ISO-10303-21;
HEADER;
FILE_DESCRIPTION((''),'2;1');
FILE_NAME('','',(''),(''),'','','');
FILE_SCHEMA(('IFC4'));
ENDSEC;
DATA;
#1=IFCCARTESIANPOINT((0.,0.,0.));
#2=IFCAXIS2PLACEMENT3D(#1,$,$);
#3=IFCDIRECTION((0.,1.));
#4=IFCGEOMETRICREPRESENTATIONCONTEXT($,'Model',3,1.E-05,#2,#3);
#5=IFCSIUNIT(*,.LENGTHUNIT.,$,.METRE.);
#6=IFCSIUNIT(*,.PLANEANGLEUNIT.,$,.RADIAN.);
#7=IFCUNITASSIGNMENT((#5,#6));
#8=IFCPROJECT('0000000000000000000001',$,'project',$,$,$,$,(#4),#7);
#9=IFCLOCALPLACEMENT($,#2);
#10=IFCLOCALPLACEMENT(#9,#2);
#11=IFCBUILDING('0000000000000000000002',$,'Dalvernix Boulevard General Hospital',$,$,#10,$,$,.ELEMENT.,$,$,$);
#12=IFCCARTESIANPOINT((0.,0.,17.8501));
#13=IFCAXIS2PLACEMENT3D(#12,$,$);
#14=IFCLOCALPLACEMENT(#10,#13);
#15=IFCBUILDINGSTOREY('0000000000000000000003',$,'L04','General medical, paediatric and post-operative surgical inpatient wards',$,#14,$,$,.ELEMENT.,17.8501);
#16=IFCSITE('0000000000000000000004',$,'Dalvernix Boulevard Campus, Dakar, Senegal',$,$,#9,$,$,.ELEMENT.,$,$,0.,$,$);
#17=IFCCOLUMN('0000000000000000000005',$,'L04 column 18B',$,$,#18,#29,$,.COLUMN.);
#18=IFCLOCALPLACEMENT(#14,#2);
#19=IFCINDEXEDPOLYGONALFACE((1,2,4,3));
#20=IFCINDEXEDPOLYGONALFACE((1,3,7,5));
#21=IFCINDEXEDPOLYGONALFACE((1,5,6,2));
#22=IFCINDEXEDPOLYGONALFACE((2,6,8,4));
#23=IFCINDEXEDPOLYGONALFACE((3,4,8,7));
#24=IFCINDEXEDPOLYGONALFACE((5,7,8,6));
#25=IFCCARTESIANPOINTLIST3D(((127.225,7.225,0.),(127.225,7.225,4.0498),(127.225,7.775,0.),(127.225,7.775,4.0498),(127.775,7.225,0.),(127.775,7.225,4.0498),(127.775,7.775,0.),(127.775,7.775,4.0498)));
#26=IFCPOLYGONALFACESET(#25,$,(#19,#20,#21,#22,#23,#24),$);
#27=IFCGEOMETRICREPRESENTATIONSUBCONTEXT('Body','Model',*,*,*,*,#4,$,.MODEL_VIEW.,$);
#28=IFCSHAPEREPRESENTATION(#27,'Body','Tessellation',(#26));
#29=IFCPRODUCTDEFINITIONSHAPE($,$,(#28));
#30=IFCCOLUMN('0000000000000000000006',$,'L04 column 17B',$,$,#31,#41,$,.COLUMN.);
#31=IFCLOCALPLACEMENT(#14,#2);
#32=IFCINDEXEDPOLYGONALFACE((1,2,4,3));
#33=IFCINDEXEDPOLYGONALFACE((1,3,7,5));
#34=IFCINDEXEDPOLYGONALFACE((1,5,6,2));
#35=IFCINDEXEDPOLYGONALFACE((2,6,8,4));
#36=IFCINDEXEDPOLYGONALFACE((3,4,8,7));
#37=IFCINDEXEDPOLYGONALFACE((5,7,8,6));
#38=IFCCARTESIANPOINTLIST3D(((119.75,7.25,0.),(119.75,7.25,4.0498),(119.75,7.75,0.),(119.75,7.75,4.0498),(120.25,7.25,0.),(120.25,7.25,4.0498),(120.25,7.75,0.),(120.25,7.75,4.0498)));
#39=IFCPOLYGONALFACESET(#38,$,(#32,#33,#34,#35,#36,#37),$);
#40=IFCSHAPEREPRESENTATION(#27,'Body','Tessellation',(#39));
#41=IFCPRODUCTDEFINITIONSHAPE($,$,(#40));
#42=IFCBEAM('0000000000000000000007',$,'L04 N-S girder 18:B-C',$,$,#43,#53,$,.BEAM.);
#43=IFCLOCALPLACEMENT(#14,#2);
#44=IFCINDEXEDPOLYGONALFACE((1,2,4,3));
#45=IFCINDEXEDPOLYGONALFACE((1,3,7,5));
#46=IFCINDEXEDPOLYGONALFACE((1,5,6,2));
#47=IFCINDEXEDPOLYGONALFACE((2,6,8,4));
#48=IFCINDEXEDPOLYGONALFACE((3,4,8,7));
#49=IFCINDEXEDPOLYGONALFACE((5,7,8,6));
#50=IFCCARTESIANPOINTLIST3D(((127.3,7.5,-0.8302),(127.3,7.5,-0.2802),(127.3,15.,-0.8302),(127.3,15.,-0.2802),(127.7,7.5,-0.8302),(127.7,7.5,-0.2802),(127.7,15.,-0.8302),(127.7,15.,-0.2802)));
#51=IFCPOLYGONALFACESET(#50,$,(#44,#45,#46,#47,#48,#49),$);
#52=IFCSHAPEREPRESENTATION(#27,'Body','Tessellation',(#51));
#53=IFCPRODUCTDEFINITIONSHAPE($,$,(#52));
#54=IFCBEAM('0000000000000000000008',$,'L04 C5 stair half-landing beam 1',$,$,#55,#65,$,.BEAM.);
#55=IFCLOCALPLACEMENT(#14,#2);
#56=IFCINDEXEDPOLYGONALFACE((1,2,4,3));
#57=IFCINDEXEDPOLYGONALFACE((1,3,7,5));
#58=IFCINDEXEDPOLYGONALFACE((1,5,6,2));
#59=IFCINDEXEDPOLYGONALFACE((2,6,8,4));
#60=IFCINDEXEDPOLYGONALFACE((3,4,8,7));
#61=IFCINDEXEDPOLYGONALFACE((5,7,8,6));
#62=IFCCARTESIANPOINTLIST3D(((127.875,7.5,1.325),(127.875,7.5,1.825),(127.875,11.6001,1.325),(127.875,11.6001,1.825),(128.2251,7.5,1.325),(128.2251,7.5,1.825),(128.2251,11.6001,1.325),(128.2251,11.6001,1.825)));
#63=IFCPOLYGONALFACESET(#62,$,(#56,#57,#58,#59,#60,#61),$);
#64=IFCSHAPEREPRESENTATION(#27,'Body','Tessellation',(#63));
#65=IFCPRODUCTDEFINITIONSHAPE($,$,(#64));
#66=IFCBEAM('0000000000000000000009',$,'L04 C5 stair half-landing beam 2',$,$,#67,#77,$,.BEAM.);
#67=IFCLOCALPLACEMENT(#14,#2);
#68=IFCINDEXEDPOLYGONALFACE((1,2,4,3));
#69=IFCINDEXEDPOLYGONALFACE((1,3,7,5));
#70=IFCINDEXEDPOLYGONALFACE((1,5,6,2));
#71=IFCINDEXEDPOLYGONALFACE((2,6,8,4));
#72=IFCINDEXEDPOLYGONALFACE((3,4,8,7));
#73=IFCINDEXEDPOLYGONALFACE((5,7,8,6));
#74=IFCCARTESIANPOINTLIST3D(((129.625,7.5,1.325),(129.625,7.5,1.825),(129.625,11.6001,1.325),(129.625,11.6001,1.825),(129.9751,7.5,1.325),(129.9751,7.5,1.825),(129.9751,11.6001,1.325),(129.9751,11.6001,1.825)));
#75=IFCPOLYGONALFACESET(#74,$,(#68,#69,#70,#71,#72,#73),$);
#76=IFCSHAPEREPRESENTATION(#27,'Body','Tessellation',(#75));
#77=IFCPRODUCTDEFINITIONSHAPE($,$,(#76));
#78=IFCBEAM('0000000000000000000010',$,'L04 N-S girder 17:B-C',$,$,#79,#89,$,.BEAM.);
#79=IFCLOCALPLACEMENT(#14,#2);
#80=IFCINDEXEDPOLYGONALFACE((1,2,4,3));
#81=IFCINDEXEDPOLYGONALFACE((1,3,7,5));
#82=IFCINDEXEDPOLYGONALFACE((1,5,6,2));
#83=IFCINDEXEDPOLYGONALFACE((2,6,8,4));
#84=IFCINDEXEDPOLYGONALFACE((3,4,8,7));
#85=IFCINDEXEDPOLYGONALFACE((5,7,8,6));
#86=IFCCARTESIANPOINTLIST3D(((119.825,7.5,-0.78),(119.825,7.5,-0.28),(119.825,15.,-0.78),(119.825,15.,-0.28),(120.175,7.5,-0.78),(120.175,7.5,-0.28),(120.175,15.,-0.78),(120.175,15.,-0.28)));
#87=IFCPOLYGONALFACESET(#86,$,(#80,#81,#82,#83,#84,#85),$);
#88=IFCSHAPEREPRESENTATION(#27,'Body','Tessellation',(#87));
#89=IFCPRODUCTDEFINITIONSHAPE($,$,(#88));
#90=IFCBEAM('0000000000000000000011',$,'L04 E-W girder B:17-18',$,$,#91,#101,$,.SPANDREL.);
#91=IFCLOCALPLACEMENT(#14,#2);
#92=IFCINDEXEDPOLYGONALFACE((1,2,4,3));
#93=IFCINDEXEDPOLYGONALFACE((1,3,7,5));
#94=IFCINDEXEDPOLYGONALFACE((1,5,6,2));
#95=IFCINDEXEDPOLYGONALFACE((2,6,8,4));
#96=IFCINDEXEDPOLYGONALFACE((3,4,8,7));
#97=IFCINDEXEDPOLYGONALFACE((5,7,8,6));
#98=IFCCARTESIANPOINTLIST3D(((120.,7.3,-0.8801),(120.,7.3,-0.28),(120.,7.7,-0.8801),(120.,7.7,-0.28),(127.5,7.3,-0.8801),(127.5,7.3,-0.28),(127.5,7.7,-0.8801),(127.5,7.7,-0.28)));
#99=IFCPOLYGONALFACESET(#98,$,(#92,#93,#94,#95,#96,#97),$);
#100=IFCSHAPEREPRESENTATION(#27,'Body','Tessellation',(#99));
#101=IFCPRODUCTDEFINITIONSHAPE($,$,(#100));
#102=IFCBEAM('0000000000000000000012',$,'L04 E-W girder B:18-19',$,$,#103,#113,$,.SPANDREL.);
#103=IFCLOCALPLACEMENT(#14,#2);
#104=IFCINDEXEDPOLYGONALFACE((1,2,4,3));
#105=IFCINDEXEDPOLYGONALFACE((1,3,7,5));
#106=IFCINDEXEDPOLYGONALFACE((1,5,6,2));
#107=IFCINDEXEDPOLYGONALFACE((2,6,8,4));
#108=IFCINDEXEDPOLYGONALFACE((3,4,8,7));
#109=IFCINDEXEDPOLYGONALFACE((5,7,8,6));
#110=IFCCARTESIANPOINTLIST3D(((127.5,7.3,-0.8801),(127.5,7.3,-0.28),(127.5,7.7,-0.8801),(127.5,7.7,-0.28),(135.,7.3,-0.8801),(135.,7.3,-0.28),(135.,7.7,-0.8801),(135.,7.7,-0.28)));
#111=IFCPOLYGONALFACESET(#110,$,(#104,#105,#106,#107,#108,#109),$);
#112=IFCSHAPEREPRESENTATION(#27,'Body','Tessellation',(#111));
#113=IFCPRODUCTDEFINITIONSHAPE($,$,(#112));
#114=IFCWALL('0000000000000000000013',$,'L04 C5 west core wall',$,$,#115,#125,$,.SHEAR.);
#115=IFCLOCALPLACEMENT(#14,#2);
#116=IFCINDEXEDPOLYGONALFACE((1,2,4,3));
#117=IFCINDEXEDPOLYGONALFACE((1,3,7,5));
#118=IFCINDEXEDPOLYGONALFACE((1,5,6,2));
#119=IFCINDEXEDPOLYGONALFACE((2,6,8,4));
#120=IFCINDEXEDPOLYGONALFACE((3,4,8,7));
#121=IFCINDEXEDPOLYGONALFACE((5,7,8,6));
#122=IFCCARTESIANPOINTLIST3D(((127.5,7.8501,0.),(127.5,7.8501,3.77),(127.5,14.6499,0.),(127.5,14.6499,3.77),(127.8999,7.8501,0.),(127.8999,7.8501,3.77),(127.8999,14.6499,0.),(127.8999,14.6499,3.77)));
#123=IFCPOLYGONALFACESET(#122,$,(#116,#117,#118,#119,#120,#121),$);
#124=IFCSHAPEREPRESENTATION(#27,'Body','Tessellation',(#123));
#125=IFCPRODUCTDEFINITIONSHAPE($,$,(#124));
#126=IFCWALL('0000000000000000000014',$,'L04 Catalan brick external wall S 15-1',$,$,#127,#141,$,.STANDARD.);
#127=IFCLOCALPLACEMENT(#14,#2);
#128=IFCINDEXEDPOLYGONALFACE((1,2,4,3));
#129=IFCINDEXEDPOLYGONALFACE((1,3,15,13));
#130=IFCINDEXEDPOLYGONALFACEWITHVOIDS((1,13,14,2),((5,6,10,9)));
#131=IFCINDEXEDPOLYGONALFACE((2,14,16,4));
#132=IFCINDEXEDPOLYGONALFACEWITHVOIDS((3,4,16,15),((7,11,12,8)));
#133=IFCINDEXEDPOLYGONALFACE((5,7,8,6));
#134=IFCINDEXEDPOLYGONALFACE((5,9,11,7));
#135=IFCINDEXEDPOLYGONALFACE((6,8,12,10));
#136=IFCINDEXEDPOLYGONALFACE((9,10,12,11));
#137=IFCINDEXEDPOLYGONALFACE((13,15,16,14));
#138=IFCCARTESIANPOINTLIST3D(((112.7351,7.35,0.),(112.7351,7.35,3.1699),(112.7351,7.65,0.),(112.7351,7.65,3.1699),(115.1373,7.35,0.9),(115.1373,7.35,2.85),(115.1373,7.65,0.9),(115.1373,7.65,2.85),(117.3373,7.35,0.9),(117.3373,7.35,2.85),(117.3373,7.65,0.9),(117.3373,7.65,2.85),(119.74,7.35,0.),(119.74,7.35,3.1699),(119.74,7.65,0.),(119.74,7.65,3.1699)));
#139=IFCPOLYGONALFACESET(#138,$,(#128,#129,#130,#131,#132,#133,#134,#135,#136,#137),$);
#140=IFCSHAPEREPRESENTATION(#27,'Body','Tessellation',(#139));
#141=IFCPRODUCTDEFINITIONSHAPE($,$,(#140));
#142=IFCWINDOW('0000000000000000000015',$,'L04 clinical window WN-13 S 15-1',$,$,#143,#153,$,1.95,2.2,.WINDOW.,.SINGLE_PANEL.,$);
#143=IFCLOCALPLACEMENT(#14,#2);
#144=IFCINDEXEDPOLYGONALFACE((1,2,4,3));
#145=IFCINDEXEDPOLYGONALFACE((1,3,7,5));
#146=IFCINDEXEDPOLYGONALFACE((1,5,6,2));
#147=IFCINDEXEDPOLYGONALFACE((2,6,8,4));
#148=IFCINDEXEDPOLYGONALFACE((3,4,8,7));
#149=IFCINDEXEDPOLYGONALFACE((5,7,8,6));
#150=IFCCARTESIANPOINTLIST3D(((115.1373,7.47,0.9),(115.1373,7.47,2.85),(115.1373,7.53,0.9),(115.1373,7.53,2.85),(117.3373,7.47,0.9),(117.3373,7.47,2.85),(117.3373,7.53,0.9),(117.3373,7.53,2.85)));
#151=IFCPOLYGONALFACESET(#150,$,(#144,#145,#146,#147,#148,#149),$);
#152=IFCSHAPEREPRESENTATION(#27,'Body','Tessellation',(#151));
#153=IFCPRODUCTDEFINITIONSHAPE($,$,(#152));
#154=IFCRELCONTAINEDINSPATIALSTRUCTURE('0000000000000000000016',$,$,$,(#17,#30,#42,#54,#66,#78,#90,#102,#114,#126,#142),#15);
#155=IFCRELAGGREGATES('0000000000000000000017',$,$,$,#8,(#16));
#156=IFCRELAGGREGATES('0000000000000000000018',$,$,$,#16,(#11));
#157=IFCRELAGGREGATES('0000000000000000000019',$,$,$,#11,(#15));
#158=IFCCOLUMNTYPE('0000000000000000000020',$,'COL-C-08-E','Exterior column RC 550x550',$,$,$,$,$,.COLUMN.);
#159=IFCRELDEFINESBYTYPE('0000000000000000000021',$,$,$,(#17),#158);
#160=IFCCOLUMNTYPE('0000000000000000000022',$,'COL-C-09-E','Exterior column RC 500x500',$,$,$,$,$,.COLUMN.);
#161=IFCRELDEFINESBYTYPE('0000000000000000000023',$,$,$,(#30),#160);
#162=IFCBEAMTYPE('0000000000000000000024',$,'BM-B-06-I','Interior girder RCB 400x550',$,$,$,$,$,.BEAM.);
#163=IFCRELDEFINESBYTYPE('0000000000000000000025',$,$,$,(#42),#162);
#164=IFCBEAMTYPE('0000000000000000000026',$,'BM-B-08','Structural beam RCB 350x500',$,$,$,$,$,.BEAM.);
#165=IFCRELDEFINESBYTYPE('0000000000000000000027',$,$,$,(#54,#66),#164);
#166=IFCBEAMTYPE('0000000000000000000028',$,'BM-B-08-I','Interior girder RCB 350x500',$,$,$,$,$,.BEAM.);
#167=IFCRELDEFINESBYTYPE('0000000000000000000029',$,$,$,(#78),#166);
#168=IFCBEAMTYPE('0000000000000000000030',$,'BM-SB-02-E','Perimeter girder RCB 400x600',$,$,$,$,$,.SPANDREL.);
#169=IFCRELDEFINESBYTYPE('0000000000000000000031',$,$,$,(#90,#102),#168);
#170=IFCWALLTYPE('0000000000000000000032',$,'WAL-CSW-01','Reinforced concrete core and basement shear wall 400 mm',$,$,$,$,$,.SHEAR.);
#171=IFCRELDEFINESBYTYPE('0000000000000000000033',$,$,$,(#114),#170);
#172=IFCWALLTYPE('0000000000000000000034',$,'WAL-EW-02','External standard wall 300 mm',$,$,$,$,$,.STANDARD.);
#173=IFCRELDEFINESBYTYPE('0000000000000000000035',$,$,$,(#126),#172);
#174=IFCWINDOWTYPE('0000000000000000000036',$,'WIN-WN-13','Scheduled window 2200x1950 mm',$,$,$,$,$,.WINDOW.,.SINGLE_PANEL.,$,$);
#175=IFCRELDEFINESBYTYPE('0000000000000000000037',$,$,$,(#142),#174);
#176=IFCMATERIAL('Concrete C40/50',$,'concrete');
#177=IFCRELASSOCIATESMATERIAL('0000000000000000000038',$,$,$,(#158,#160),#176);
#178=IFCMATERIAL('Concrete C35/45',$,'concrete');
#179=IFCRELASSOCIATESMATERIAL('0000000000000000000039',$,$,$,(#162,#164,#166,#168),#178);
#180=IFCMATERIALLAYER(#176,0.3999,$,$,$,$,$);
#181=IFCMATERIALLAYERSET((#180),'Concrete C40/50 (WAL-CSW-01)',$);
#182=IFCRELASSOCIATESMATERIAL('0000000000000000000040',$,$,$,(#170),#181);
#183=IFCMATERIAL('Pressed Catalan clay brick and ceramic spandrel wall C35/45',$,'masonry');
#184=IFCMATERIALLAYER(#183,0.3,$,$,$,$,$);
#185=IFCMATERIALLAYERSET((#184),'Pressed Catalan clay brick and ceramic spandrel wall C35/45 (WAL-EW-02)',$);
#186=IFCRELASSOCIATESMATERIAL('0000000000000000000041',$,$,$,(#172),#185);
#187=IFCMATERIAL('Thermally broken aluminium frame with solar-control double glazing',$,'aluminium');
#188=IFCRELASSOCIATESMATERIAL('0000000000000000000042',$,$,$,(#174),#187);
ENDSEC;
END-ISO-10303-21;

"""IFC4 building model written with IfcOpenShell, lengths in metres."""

from ifc_helpers import new_model, si_unit, direction, frame, frame_2d, origin, origin_2d, place, context, subcontext, project, spatial, rectangle, extrude, material, layer, layer_set, material_profile, profile_set, type_object, element, fill, save


model = new_model("IFC4")

# Units and contexts
model_context = context("Model", 3, precision=1e-05, world=origin(), true_north=direction((0.0, 1.0)))
body_context = subcontext(model_context, "Body", "Model", "MODEL_VIEW")
ifc_project = project(units=[si_unit("LENGTHUNIT", "METRE"), si_unit("PLANEANGLEUNIT", "RADIAN")], contexts=[model_context])

# Site, building, storey
site_placement = place(None, origin())
site = spatial("IfcSite", under=ifc_project, at=site_placement, Name="Dalvernix Boulevard Campus, Dakar, Senegal", CompositionType="ELEMENT", RefElevation=0.0)
building_placement = place(site_placement, origin())
building = spatial("IfcBuilding", under=site, at=building_placement, Name="Dalvernix Boulevard General Hospital", CompositionType="ELEMENT")
storey_placement = place(building_placement, frame((0.0, 0.0, 17.8501)))
storey = spatial("IfcBuildingStorey", under=building, at=storey_placement, Name="L04", Description="General medical, paediatric and post-operative surgical inpatient wards", CompositionType="ELEMENT", Elevation=17.8501)

# Columns
ifc_material_1 = material(Name="Concrete C40/50", Category="concrete")
ifc_material_profile_1 = material_profile(ifc_material_1, rectangle(XDim=0.55, YDim=0.55, at=origin_2d()), Name="RC 550x550")
ifc_profile_set_1 = profile_set([ifc_material_profile_1], Name="Concrete C40/50")
column_type_1 = type_object("IfcColumnType", Name="COL-C-08-E", Description="Exterior column RC 550x550", PredefinedType="COLUMN", material=ifc_profile_set_1)
column_1_placement = place(storey_placement, frame((127.5, 7.5, 0.0), z_axis=(0.0, 0.0, 1.0), x_axis=(1.0, 0.0, 0.0)))
element("IfcColumn", 1, at=column_1_placement, inside=storey, type_object=column_type_1, Name="L04 column 18B", PredefinedType="COLUMN", context=body_context, shape_type="SweptSolid", body=[
    extrude(rectangle(XDim=0.55, YDim=0.55, at=origin_2d()), origin(), (0.0, 0.0, 1.0), 4.0498),
])
ifc_material_profile_2 = material_profile(ifc_material_1, rectangle(XDim=0.5, YDim=0.5, at=origin_2d()), Name="RC 500x500")
ifc_profile_set_2 = profile_set([ifc_material_profile_2], Name="Concrete C40/50")
column_type_2 = type_object("IfcColumnType", Name="COL-C-09-E", Description="Exterior column RC 500x500", PredefinedType="COLUMN", material=ifc_profile_set_2)
column_2_placement = place(storey_placement, frame((120.0, 7.5, 0.0), z_axis=(0.0, 0.0, 1.0), x_axis=(1.0, 0.0, 0.0)))
element("IfcColumn", 2, at=column_2_placement, inside=storey, type_object=column_type_2, Name="L04 column 17B", PredefinedType="COLUMN", context=body_context, shape_type="SweptSolid", body=[
    extrude(rectangle(XDim=0.5, YDim=0.5, at=origin_2d()), origin(), (0.0, 0.0, 1.0), 4.0498),
])

# Beams
ifc_material_2 = material(Name="Concrete C35/45", Category="concrete")
ifc_material_profile_3 = material_profile(ifc_material_2, rectangle(XDim=0.3999, YDim=0.55, at=origin_2d()), Name="RCB 400x550")
ifc_profile_set_3 = profile_set([ifc_material_profile_3], Name="Concrete C35/45")
beam_type_1 = type_object("IfcBeamType", Name="BM-B-06-I", Description="Interior girder RCB 400x550", PredefinedType="BEAM", material=ifc_profile_set_3)
beam_1_placement = place(storey_placement, frame((127.5, 7.5, -0.5552), z_axis=(0.0, 1.0, 0.0), x_axis=(-1.0, 0.0, 0.0)))
element("IfcBeam", 3, at=beam_1_placement, inside=storey, type_object=beam_type_1, Name="L04 N-S girder 18:B-C", PredefinedType="BEAM", context=body_context, shape_type="SweptSolid", body=[
    extrude(rectangle(XDim=0.3999, YDim=0.55, at=origin_2d()), origin(), (0.0, 0.0, 1.0), 7.5),
])
ifc_material_profile_4 = material_profile(ifc_material_2, rectangle(XDim=0.3501, YDim=0.5, at=origin_2d()), Name="RCB 350x500")
ifc_profile_set_4 = profile_set([ifc_material_profile_4], Name="Concrete C35/45")
beam_type_2 = type_object("IfcBeamType", Name="BM-B-08", Description="Structural beam RCB 350x500", PredefinedType="BEAM", material=ifc_profile_set_4)
for number, where, z_axis, x_axis, name in (
    (4, (128.05, 7.5, 1.575), (0.0, 1.0, 0.0), (-1.0, 0.0, 0.0), "L04 C5 stair half-landing beam 1"),
    (5, (129.8, 7.5, 1.575), (0.0, 1.0, 0.0), (-1.0, 0.0, 0.0), "L04 C5 stair half-landing beam 2"),
):
    element("IfcBeam", number, at=place(storey_placement, frame(where, z_axis=z_axis, x_axis=x_axis)), inside=storey, type_object=beam_type_2, Name=name, PredefinedType="BEAM", context=body_context, shape_type="SweptSolid", body=[
        extrude(rectangle(XDim=0.3501, YDim=0.5, at=origin_2d()), origin(), (0.0, 0.0, 1.0), 4.1001),
    ])
ifc_material_profile_5 = material_profile(ifc_material_2, rectangle(XDim=0.3501, YDim=0.5, at=origin_2d()), Name="RCB 350x500")
ifc_profile_set_5 = profile_set([ifc_material_profile_5], Name="Concrete C35/45")
beam_type_3 = type_object("IfcBeamType", Name="BM-B-08-I", Description="Interior girder RCB 350x500", PredefinedType="BEAM", material=ifc_profile_set_5)
beam_2_placement = place(storey_placement, frame((120.0, 7.5, -0.53), z_axis=(0.0, 1.0, 0.0), x_axis=(-1.0, 0.0, 0.0)))
element("IfcBeam", 6, at=beam_2_placement, inside=storey, type_object=beam_type_3, Name="L04 N-S girder 17:B-C", PredefinedType="BEAM", context=body_context, shape_type="SweptSolid", body=[
    extrude(rectangle(XDim=0.3501, YDim=0.5, at=origin_2d()), origin(), (0.0, 0.0, 1.0), 7.5),
])
ifc_material_profile_6 = material_profile(ifc_material_2, rectangle(XDim=0.3999, YDim=0.6001, at=origin_2d()), Name="RCB 400x600")
ifc_profile_set_6 = profile_set([ifc_material_profile_6], Name="Concrete C35/45")
beam_type_4 = type_object("IfcBeamType", Name="BM-SB-02-E", Description="Perimeter girder RCB 400x600", PredefinedType="SPANDREL", material=ifc_profile_set_6)
for number, where, z_axis, x_axis, name in (
    (7, (120.0, 7.5, -0.5801), (1.0, 0.0, 0.0), (0.0, 1.0, 0.0), "L04 E-W girder B:17-18"),
    (8, (127.5, 7.5, -0.5801), (1.0, 0.0, 0.0), (0.0, 1.0, 0.0), "L04 E-W girder B:18-19"),
):
    element("IfcBeam", number, at=place(storey_placement, frame(where, z_axis=z_axis, x_axis=x_axis)), inside=storey, type_object=beam_type_4, Name=name, PredefinedType="SPANDREL", context=body_context, shape_type="SweptSolid", body=[
        extrude(rectangle(XDim=0.3999, YDim=0.6001, at=origin_2d()), origin(), (0.0, 0.0, 1.0), 7.5),
    ])

# Wall
ifc_layer_1 = layer(ifc_material_1, 0.3999)
ifc_layer_set_1 = layer_set([ifc_layer_1], Name="Concrete C40/50 (WAL-CSW-01)")
wall_type_1 = type_object("IfcWallType", Name="WAL-CSW-01", Description="Reinforced concrete core and basement shear wall 400 mm", PredefinedType="SHEAR", material=ifc_layer_set_1)
wall_1_placement = place(storey_placement, frame((127.7, 7.8501, 0.0), z_axis=(0.0, 0.0, 1.0), x_axis=(0.0, 1.0, 0.0)))
element("IfcWall", 9, at=wall_1_placement, inside=storey, type_object=wall_type_1, Name="L04 C5 west core wall", PredefinedType="SHEAR", context=body_context, shape_type="SweptSolid", body=[
    extrude(rectangle(XDim=6.7998, YDim=0.3999, at=frame_2d((3.3999, 0.0))), origin(), (0.0, 0.0, 1.0), 3.77),
])

# Wall, opening, window
ifc_material_3 = material(Name="Pressed Catalan clay brick and ceramic spandrel wall C35/45", Category="masonry")
ifc_layer_2 = layer(ifc_material_3, 0.3)
ifc_layer_set_2 = layer_set([ifc_layer_2], Name="Pressed Catalan clay brick and ceramic spandrel wall C35/45 (WAL-EW-02)")
wall_type_2 = type_object("IfcWallType", Name="WAL-EW-02", Description="External standard wall 300 mm", PredefinedType="STANDARD", material=ifc_layer_set_2)
wall_2_placement = place(storey_placement, frame((119.74, 7.5, 0.0), z_axis=(0.0, 0.0, 1.0), x_axis=(-1.0, 0.0, 0.0)))
wall_2 = element("IfcWall", 10, at=wall_2_placement, inside=storey, type_object=wall_type_2, Name="L04 Catalan brick external wall S 15-1", PredefinedType="STANDARD", context=body_context, shape_type="SweptSolid", body=[
    extrude(rectangle(XDim=7.0049, YDim=0.3, at=frame_2d((3.5024, 0.0))), origin(), (0.0, 0.0, 1.0), 3.1699),
])
opening_1_placement = place(wall_2_placement, frame((2.4026, 0.0, 0.8999)))
opening_1 = element("IfcOpeningElement", 11, at=opening_1_placement, cuts=wall_2, PredefinedType="OPENING", context=body_context, shape_type="SweptSolid", body=[
    extrude(rectangle(XDim=2.2, YDim=1.95, at=frame_2d((1.1001, 0.9751))), frame((0.0, 0.1599, 0.0), z_axis=(0.0, -1.0, 0.0), x_axis=(1.0, 0.0, 0.0)), (0.0, 0.0, 1.0), 0.3201),
])
ifc_material_4 = material(Name="Thermally broken aluminium frame with solar-control double glazing", Category="aluminium")
window_type_1 = type_object("IfcWindowType", Name="WIN-WN-13", Description="Scheduled window 2200x1950 mm", PartitioningType="SINGLE_PANEL", PredefinedType="WINDOW", material=ifc_material_4)
window_1_placement = place(opening_1_placement, origin())
window_1 = element("IfcWindow", 12, at=window_1_placement, inside=storey, type_object=window_type_1, Name="L04 clinical window WN-13 S 15-1", OverallHeight=1.95, OverallWidth=2.2, PartitioningType="SINGLE_PANEL", PredefinedType="WINDOW", context=body_context, shape_type="SweptSolid", body=[
    extrude(rectangle(XDim=2.2, YDim=1.95, at=frame_2d((1.1001, 0.9751))), frame((0.0, 0.03, 0.0), z_axis=(0.0, -1.0, 0.0), x_axis=(1.0, 0.0, 0.0)), (0.0, 0.0, 1.0), 0.0601),
])
fill(opening_1, window_1)

save(model, "model.ifc")
